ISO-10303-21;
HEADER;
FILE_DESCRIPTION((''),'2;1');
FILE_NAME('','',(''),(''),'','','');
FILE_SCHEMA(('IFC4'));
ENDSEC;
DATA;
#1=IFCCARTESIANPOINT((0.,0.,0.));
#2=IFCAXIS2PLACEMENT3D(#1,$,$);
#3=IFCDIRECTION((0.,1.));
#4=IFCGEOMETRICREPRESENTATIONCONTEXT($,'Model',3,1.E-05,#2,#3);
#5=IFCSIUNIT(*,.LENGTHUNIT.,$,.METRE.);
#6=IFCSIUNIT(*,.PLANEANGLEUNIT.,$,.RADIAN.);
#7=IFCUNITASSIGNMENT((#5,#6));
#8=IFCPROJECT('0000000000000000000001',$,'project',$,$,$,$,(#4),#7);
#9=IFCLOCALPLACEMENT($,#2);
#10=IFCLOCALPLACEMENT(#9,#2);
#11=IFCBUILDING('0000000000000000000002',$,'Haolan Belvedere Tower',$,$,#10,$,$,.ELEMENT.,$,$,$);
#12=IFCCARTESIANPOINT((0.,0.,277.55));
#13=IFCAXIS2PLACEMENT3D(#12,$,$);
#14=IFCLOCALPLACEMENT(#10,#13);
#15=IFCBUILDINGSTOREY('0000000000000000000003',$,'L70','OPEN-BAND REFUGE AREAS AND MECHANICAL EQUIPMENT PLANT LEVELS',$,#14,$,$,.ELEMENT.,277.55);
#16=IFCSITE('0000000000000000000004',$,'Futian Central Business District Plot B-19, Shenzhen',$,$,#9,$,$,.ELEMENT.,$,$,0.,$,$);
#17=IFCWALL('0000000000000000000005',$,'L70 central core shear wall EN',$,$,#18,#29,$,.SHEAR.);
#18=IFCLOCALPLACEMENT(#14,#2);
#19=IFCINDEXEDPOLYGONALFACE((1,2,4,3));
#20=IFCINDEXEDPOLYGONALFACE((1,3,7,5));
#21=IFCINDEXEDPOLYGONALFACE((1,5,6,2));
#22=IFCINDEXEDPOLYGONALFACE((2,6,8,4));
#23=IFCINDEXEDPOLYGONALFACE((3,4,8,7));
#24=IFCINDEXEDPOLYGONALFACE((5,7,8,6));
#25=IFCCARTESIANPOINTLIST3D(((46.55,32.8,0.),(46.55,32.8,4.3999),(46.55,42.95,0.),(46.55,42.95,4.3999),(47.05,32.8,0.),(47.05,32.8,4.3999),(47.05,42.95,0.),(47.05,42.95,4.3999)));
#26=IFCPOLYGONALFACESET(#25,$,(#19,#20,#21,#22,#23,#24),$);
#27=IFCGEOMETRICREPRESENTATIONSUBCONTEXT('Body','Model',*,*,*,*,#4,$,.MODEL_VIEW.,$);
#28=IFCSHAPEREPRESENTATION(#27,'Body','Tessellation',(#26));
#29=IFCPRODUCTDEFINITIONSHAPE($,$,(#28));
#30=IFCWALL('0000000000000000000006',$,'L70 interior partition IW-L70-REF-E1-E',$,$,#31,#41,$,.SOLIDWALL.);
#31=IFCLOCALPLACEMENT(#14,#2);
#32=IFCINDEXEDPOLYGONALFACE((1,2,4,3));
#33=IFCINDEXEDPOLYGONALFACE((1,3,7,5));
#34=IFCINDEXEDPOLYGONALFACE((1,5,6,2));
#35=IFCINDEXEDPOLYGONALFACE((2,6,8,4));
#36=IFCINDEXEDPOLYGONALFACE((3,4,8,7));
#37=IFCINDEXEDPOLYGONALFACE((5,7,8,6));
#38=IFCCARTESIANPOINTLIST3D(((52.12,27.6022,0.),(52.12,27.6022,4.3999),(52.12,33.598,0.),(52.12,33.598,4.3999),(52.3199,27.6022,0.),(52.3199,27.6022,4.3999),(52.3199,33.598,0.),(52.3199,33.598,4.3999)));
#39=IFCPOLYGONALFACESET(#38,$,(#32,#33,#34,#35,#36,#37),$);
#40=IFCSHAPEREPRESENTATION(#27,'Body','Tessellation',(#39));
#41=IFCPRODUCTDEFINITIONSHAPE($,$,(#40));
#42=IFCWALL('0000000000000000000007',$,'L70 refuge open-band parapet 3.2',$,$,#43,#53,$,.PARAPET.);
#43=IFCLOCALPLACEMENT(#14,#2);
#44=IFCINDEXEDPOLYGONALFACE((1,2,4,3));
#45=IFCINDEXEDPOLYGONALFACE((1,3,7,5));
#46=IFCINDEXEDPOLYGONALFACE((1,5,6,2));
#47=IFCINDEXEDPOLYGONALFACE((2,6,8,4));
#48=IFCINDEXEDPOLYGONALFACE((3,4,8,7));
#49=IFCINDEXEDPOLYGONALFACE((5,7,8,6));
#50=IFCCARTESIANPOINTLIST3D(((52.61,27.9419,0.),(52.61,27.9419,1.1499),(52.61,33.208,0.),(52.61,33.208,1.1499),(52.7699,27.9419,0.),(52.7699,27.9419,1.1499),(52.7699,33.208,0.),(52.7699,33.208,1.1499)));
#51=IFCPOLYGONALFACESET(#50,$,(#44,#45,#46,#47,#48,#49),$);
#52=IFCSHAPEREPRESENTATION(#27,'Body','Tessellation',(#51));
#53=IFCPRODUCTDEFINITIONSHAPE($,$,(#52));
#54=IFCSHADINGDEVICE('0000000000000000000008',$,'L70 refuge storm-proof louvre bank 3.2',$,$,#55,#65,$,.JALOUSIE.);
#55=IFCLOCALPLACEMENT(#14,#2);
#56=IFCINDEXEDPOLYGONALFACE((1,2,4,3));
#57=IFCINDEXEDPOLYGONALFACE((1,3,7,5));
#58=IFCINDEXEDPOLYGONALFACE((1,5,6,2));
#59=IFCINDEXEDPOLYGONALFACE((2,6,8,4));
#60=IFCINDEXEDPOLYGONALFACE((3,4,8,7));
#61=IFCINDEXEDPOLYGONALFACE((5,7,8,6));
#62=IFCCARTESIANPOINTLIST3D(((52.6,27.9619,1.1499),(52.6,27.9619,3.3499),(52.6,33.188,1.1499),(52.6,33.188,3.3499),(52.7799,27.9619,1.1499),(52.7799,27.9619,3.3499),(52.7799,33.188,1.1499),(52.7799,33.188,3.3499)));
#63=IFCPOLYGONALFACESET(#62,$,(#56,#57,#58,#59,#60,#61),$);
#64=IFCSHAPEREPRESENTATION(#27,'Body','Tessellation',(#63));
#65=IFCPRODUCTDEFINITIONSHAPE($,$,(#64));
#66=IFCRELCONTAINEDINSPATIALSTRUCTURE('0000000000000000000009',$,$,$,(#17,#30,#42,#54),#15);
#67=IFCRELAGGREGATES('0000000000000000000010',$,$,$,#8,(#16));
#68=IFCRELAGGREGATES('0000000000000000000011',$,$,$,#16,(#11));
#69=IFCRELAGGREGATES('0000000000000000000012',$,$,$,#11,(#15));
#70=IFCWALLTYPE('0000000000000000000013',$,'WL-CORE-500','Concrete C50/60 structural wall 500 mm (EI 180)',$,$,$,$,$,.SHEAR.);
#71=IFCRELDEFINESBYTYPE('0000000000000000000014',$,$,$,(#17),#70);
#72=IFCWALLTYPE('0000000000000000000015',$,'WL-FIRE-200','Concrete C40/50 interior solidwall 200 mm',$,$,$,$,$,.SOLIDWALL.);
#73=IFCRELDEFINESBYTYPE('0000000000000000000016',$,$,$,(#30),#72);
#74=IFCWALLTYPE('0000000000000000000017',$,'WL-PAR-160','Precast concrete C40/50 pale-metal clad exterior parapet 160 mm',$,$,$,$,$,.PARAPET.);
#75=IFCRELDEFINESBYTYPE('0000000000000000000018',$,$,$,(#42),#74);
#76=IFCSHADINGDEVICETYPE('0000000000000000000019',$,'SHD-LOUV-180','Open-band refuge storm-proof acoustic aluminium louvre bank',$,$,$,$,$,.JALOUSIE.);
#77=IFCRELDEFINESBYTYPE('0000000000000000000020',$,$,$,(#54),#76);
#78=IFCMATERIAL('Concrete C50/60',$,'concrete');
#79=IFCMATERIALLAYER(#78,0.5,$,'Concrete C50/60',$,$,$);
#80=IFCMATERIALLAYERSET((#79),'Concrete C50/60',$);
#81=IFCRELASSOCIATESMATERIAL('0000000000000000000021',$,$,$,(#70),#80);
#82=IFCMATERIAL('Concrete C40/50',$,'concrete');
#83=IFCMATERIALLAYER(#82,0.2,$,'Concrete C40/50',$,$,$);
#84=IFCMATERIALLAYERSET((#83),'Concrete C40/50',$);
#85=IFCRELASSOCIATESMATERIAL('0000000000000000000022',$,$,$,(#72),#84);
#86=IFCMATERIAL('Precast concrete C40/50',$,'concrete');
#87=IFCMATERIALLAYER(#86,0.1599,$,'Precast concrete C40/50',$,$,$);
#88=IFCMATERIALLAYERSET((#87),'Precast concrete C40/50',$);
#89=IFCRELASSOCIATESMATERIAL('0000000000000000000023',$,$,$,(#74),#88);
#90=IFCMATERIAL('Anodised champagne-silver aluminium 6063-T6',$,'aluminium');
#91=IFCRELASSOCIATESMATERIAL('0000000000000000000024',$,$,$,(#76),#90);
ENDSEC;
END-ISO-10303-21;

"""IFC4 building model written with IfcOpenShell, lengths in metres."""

from ifc_helpers import new_model, si_unit, direction, frame, frame_2d, origin, origin_2d, place, context, subcontext, project, spatial, rectangle, extrude, material, layer, layer_set, type_object, element, save


model = new_model("IFC4")

# Units and contexts
model_context = context("Model", 3, precision=1e-05, world=origin(), true_north=direction((0.0, 1.0)))
body_context = subcontext(model_context, "Body", "Model", "MODEL_VIEW")
ifc_project = project(units=[si_unit("LENGTHUNIT", "METRE"), si_unit("PLANEANGLEUNIT", "RADIAN")], contexts=[model_context])

# Site, building, storey
site_placement = place(None, origin())
site = spatial("IfcSite", under=ifc_project, at=site_placement, Name="Futian Central Business District Plot B-19, Shenzhen", CompositionType="ELEMENT", RefElevation=0.0)
building_placement = place(site_placement, origin())
building = spatial("IfcBuilding", under=site, at=building_placement, Name="Haolan Belvedere Tower", CompositionType="ELEMENT")
storey_placement = place(building_placement, frame((0.0, 0.0, 277.55)))
storey = spatial("IfcBuildingStorey", under=building, at=storey_placement, Name="L70", Description="OPEN-BAND REFUGE AREAS AND MECHANICAL EQUIPMENT PLANT LEVELS", CompositionType="ELEMENT", Elevation=277.55)

# Walls
ifc_material_1 = material(Name="Concrete C50/60", Category="concrete")
ifc_layer_1 = layer(ifc_material_1, 0.5, Name="Concrete C50/60")
ifc_layer_set_1 = layer_set([ifc_layer_1], Name="Concrete C50/60")
wall_type_1 = type_object("IfcWallType", Name="WL-CORE-500", Description="Concrete C50/60 structural wall 500 mm (EI 180)", PredefinedType="SHEAR", material=ifc_layer_set_1)
wall_1_placement = place(storey_placement, frame((46.8, 32.8, 0.0), z_axis=(0.0, 0.0, 1.0), x_axis=(0.0, 1.0, 0.0)))
element("IfcWall", 1, at=wall_1_placement, inside=storey, type_object=wall_type_1, Name="L70 central core shear wall EN", PredefinedType="SHEAR", context=body_context, shape_type="SweptSolid", body=[
    extrude(rectangle(XDim=10.1499, YDim=0.5, at=frame_2d((5.075, 0.0))), origin(), (0.0, 0.0, 1.0), 4.3999),
])
ifc_material_2 = material(Name="Concrete C40/50", Category="concrete")
ifc_layer_2 = layer(ifc_material_2, 0.2, Name="Concrete C40/50")
ifc_layer_set_2 = layer_set([ifc_layer_2], Name="Concrete C40/50")
wall_type_2 = type_object("IfcWallType", Name="WL-FIRE-200", Description="Concrete C40/50 interior solidwall 200 mm", PredefinedType="SOLIDWALL", material=ifc_layer_set_2)
wall_2_placement = place(storey_placement, frame((52.22, 27.6021, 0.0), z_axis=(0.0, 0.0, 1.0), x_axis=(0.0, 1.0, 0.0)))
element("IfcWall", 2, at=wall_2_placement, inside=storey, type_object=wall_type_2, Name="L70 interior partition IW-L70-REF-E1-E", PredefinedType="SOLIDWALL", context=body_context, shape_type="SweptSolid", body=[
    extrude(rectangle(XDim=5.9958, YDim=0.2, at=frame_2d((2.998, 0.0))), origin(), (0.0, 0.0, 1.0), 4.3999),
])
ifc_material_3 = material(Name="Precast concrete C40/50", Category="concrete")
ifc_layer_3 = layer(ifc_material_3, 0.1599, Name="Precast concrete C40/50")
ifc_layer_set_3 = layer_set([ifc_layer_3], Name="Precast concrete C40/50")
wall_type_3 = type_object("IfcWallType", Name="WL-PAR-160", Description="Precast concrete C40/50 pale-metal clad exterior parapet 160 mm", PredefinedType="PARAPET", material=ifc_layer_set_3)
wall_3_placement = place(storey_placement, frame((52.6899, 27.9419, 0.0), z_axis=(0.0, 0.0, 1.0), x_axis=(0.0, 1.0, 0.0)))
element("IfcWall", 3, at=wall_3_placement, inside=storey, type_object=wall_type_3, Name="L70 refuge open-band parapet 3.2", PredefinedType="PARAPET", context=body_context, shape_type="SweptSolid", body=[
    extrude(rectangle(XDim=5.2661, YDim=0.1599, at=frame_2d((2.6331, 0.0))), origin(), (0.0, 0.0, 1.0), 1.1499),
])

# Shading device
ifc_material_4 = material(Name="Anodised champagne-silver aluminium 6063-T6", Category="aluminium")
shading_device_type = type_object("IfcShadingDeviceType", Name="SHD-LOUV-180", Description="Open-band refuge storm-proof acoustic aluminium louvre bank", PredefinedType="JALOUSIE", material=ifc_material_4)
shading_device_placement = place(storey_placement, frame((52.6899, 30.575, 1.1499), z_axis=(0.0, 0.0, 1.0), x_axis=(0.0, 1.0, 0.0)))
element("IfcShadingDevice", 4, at=shading_device_placement, inside=storey, type_object=shading_device_type, Name="L70 refuge storm-proof louvre bank 3.2", PredefinedType="JALOUSIE", context=body_context, shape_type="SweptSolid", body=[
    extrude(rectangle(XDim=5.2261, YDim=0.1799, at=origin_2d()), origin(), (0.0, 0.0, 1.0), 2.2),
])

save(model, "model.ifc")
